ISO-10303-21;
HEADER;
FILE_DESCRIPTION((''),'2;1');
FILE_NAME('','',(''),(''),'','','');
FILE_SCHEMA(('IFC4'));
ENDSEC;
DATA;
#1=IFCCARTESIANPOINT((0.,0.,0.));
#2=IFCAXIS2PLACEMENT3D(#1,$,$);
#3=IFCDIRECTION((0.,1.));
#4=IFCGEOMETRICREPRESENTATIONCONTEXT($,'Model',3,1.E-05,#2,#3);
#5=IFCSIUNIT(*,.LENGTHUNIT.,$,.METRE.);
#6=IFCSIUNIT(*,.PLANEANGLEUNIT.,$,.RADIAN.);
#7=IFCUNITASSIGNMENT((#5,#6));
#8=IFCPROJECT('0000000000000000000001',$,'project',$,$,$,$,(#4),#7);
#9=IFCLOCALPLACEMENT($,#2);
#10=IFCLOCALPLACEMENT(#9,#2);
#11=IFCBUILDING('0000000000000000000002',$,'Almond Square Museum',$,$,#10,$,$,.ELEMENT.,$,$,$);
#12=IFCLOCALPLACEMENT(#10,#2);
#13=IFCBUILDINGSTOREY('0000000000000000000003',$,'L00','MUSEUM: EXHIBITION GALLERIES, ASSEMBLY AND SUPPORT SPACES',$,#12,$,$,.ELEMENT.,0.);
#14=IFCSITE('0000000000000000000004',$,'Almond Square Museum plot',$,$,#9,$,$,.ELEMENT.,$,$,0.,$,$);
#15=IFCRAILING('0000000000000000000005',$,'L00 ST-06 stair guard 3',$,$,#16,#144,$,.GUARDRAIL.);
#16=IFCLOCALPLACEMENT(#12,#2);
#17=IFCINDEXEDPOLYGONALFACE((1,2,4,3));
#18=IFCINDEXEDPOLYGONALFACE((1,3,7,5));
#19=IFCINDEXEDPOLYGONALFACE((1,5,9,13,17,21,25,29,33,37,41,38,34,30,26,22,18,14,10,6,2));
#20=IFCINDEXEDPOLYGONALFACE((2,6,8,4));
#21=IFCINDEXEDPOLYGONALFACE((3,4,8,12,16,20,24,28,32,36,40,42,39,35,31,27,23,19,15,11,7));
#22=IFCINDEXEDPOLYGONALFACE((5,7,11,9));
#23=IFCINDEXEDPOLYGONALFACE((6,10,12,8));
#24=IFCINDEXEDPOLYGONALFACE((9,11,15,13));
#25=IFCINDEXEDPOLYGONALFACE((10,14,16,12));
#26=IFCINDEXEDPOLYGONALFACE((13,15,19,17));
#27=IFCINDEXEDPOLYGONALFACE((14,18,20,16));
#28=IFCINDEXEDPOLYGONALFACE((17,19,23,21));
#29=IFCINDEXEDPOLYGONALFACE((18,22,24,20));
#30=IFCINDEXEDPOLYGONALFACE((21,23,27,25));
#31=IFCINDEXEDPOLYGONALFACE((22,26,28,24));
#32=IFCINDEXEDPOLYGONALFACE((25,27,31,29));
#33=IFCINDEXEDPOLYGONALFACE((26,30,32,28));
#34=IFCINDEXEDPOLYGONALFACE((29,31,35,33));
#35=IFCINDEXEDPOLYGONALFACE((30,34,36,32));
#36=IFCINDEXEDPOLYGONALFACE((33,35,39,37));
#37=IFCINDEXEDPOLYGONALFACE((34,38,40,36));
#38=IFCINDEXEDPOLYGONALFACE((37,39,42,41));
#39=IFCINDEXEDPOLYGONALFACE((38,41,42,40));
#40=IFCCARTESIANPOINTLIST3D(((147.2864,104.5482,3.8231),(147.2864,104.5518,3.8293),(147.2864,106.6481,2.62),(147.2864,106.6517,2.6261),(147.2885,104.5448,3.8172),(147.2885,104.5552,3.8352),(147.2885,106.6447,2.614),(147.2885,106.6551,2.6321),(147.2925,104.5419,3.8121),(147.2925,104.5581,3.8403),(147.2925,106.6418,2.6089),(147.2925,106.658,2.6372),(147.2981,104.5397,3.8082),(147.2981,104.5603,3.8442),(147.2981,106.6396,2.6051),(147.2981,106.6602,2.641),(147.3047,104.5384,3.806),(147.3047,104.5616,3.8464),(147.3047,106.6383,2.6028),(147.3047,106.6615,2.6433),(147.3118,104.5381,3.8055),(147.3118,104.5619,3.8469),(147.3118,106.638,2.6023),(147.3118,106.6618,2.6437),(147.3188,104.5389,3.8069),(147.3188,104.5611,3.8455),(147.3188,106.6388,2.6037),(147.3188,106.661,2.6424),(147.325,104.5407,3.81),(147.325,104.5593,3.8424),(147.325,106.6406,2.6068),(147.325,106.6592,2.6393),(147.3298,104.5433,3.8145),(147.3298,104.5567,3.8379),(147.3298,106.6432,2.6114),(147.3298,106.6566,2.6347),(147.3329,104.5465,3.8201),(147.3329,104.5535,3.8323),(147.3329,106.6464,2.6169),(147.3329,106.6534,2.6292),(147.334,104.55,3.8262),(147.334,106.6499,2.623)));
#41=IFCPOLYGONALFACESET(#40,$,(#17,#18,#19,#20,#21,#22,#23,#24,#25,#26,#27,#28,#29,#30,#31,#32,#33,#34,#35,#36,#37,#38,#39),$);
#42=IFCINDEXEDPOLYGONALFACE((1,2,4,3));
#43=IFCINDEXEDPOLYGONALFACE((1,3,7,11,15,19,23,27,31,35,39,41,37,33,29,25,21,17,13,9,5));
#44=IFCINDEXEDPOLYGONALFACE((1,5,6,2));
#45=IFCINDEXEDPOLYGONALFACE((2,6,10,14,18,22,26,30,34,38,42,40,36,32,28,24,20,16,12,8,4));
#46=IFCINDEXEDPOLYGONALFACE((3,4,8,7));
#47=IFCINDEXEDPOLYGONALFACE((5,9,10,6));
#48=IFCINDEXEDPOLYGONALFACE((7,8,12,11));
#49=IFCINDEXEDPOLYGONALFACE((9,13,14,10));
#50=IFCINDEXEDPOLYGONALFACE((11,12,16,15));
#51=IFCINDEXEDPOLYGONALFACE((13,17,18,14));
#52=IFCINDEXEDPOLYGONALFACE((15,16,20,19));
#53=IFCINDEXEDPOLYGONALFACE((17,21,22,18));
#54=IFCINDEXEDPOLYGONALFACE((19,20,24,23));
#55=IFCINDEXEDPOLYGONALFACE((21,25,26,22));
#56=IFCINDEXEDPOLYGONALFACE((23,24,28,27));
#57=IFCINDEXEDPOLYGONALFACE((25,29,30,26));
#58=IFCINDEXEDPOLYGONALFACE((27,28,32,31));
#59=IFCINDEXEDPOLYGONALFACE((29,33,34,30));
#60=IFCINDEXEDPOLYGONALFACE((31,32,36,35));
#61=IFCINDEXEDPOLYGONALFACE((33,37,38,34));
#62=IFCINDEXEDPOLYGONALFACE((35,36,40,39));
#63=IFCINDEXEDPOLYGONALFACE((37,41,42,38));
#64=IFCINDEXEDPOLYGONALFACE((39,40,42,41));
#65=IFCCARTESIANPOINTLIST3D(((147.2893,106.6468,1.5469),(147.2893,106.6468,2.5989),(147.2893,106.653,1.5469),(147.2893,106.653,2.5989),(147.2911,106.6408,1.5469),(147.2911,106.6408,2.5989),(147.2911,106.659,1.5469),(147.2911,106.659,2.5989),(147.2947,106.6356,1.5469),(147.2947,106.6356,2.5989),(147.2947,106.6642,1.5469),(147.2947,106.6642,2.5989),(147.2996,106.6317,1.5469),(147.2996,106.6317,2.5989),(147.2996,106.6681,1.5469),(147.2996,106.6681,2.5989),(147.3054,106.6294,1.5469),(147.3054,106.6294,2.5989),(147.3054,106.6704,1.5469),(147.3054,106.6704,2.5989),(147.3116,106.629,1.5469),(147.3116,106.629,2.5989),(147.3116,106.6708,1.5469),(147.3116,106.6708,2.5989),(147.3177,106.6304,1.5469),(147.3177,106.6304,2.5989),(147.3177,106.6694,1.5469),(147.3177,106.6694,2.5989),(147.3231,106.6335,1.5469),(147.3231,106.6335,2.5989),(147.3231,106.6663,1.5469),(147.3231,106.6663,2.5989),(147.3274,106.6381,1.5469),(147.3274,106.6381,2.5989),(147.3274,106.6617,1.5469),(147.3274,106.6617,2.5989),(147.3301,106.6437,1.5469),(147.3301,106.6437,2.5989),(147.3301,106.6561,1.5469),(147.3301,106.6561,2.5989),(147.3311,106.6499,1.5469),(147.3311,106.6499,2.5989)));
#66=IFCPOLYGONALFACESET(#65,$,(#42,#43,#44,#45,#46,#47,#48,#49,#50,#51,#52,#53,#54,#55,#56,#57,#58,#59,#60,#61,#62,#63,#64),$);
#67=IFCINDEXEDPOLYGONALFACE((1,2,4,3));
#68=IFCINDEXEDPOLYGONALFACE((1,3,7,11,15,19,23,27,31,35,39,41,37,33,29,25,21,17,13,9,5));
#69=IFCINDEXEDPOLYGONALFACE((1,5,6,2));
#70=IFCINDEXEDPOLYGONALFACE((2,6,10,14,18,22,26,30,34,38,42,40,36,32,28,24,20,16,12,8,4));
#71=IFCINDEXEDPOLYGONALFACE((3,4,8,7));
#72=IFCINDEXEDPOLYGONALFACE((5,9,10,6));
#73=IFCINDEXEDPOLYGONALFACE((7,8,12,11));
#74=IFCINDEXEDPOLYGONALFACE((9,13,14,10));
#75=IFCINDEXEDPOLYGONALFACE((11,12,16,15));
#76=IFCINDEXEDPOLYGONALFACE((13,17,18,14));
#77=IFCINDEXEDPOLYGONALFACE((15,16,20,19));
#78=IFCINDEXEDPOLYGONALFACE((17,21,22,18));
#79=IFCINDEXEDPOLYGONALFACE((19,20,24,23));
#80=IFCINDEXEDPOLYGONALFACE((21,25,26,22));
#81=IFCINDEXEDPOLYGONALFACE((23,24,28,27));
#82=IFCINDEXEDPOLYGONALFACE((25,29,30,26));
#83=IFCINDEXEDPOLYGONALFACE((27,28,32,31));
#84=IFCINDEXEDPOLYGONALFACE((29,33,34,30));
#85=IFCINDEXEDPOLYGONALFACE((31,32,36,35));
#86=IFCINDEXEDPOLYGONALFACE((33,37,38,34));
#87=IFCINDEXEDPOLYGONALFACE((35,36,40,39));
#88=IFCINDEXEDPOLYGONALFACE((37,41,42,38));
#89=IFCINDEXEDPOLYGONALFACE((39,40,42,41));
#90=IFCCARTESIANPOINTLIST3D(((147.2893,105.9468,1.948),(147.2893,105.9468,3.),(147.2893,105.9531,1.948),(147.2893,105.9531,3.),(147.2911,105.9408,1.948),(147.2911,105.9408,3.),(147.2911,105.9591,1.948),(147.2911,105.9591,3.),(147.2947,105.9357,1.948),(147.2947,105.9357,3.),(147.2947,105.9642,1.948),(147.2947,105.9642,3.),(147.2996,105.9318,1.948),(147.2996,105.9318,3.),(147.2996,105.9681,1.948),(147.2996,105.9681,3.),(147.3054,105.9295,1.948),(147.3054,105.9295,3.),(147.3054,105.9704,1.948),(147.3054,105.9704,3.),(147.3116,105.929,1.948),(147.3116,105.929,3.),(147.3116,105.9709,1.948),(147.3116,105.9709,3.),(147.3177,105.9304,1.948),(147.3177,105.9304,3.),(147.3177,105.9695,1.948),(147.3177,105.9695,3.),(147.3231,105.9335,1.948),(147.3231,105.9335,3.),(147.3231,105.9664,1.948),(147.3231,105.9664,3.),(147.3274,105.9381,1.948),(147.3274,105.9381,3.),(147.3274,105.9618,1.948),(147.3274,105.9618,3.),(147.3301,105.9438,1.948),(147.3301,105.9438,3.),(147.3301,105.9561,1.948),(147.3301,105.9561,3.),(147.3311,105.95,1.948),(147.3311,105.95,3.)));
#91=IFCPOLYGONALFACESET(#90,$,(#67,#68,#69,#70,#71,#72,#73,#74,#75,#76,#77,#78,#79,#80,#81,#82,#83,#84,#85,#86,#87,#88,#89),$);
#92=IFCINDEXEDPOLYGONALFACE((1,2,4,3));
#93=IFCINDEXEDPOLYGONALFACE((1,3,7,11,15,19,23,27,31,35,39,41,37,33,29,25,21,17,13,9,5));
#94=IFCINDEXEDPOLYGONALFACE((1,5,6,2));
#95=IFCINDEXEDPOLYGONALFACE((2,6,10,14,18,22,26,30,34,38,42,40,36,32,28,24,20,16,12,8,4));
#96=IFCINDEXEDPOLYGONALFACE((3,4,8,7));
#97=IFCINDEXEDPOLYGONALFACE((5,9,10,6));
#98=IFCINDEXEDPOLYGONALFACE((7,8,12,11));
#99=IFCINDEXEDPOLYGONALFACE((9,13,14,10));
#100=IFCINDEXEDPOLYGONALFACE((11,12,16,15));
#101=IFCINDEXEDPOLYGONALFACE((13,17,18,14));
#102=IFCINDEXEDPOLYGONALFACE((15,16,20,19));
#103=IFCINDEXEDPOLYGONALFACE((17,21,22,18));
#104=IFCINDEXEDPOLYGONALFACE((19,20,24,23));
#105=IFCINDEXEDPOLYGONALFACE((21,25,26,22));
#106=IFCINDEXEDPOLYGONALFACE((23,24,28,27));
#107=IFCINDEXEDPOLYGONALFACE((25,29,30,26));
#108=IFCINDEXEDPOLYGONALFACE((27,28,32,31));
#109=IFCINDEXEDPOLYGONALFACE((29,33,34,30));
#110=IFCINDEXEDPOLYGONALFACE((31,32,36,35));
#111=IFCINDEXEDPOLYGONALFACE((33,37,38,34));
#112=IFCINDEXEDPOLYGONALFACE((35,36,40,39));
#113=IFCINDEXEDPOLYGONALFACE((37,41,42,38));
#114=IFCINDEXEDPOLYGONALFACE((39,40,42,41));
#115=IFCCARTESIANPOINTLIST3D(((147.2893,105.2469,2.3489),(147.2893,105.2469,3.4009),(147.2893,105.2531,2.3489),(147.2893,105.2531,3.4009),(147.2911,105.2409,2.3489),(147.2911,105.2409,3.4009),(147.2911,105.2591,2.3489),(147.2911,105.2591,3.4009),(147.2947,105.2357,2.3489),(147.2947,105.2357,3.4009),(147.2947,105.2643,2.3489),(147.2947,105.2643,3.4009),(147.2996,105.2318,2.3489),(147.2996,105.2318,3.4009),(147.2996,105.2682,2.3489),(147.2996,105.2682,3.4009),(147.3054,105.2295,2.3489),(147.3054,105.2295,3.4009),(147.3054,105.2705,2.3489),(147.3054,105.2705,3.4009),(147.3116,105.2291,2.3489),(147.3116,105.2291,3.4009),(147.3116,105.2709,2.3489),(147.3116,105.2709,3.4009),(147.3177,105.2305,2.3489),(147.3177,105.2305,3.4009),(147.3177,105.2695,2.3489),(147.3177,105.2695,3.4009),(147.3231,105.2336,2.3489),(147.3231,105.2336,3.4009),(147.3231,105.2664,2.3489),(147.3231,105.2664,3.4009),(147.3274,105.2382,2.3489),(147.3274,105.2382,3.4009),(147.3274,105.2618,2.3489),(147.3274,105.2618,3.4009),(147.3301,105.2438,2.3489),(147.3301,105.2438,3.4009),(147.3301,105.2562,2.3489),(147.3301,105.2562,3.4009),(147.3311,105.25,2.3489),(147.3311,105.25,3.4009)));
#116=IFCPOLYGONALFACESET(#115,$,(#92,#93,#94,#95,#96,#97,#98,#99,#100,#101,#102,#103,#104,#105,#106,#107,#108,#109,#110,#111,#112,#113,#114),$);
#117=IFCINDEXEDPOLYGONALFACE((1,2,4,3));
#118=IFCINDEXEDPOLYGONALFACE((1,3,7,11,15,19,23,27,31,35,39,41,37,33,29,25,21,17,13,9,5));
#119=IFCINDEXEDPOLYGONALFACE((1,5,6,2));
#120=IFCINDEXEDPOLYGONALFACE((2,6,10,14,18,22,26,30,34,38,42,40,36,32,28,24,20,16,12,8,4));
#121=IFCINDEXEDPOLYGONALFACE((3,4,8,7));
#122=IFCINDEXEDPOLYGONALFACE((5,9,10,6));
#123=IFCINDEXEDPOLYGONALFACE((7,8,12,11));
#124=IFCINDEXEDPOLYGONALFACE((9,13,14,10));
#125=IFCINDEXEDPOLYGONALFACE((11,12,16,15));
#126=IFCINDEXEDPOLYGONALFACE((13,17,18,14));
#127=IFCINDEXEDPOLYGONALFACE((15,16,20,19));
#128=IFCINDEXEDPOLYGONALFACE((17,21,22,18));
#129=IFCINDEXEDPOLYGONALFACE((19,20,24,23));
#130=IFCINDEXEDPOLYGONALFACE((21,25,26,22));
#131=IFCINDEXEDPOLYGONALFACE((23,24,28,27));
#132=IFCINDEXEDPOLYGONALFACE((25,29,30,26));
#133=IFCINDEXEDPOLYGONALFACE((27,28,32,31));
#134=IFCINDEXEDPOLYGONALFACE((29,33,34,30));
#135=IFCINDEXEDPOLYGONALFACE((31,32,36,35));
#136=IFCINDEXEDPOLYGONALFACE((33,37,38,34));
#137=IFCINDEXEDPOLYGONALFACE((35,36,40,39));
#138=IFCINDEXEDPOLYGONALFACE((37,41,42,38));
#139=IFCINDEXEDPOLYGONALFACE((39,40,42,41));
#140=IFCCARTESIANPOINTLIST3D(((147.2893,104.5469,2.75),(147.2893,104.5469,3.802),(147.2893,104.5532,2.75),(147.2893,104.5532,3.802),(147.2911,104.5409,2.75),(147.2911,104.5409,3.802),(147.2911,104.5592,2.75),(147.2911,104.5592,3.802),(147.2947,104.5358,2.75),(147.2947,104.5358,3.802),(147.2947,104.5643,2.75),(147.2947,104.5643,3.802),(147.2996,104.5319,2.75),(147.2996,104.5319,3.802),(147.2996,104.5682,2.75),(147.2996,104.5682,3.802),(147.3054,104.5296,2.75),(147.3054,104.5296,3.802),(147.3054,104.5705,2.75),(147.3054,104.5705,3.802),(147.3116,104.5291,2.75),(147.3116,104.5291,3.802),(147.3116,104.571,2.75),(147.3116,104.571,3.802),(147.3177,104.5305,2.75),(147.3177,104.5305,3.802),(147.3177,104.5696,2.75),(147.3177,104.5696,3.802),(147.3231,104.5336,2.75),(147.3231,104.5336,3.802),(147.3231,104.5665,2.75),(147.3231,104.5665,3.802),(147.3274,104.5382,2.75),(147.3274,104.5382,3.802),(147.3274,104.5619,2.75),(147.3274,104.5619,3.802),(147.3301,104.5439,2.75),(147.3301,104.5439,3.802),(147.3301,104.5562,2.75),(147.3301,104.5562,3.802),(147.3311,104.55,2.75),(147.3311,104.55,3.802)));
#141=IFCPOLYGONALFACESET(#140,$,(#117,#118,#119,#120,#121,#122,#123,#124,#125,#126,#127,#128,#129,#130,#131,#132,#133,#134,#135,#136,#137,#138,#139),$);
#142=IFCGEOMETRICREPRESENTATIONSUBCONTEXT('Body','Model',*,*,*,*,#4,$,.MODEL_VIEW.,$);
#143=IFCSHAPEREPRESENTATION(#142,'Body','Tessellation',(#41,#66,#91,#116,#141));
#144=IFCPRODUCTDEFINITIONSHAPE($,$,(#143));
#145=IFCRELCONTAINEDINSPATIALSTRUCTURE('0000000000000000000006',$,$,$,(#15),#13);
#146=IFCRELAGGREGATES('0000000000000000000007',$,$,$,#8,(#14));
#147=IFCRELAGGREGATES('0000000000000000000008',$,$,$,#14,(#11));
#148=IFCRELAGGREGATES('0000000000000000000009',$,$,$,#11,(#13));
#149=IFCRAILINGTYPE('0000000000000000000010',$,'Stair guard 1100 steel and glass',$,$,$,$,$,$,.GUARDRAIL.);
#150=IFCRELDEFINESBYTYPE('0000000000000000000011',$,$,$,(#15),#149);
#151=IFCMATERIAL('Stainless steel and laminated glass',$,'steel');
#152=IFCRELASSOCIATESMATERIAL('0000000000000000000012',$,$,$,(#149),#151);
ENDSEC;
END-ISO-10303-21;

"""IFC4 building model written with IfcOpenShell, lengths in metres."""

from ifc_helpers import new_model, si_unit, direction, frame, origin, origin_2d, place, context, subcontext, project, spatial, circle, extrude, material, type_object, element, save


model = new_model("IFC4")

# Units and contexts
model_context = context("Model", 3, precision=1e-05, world=origin(), true_north=direction((0.0, 1.0)))
body_context = subcontext(model_context, "Body", "Model", "MODEL_VIEW")
ifc_project = project(units=[si_unit("LENGTHUNIT", "METRE"), si_unit("PLANEANGLEUNIT", "RADIAN")], contexts=[model_context])

# Site, building, storey
site_placement = place(None, origin())
site = spatial("IfcSite", under=ifc_project, at=site_placement, Name="Almond Square Museum plot", CompositionType="ELEMENT", RefElevation=0.0)
building_placement = place(site_placement, origin())
building = spatial("IfcBuilding", under=site, at=building_placement, Name="Almond Square Museum", CompositionType="ELEMENT")
storey_placement = place(building_placement, origin())
storey = spatial("IfcBuildingStorey", under=building, at=storey_placement, Name="L00", Description="MUSEUM: EXHIBITION GALLERIES, ASSEMBLY AND SUPPORT SPACES", CompositionType="ELEMENT", Elevation=0.0)

# Railing
ifc_material_1 = material(Name="Stainless steel and laminated glass", Category="steel")
railing_type_1 = type_object("IfcRailingType", Name="Stair guard 1100 steel and glass", PredefinedType="GUARDRAIL", material=ifc_material_1)
railing_1_placement = place(storey_placement, frame((147.3101, 106.6499, 1.5469)))
element("IfcRailing", 1, at=railing_1_placement, inside=storey, type_object=railing_type_1, Name="L00 ST-06 stair guard 3", PredefinedType="GUARDRAIL", context=body_context, shape_type="SweptSolid", body=[
    extrude(circle(Radius=0.0239, at=origin_2d()), frame((0.0, 0.0, 1.0762), z_axis=(0.0, -0.867671, 0.497138), x_axis=(1.0, 0.0, 0.0)), (0.0, 0.0, 1.0), 2.4202),
    extrude(circle(Radius=0.021, at=origin_2d()), origin(), (0.0, 0.0, 1.0), 1.052),
    extrude(circle(Radius=0.021, at=origin_2d()), frame((0.0, -0.7, 0.4011)), (0.0, 0.0, 1.0), 1.052),
    extrude(circle(Radius=0.021, at=origin_2d()), frame((0.0, -1.3999, 0.802)), (0.0, 0.0, 1.0), 1.052),
    extrude(circle(Radius=0.021, at=origin_2d()), frame((0.0, -2.0999, 1.2031)), (0.0, 0.0, 1.0), 1.052),
])

save(model, "model.ifc")
